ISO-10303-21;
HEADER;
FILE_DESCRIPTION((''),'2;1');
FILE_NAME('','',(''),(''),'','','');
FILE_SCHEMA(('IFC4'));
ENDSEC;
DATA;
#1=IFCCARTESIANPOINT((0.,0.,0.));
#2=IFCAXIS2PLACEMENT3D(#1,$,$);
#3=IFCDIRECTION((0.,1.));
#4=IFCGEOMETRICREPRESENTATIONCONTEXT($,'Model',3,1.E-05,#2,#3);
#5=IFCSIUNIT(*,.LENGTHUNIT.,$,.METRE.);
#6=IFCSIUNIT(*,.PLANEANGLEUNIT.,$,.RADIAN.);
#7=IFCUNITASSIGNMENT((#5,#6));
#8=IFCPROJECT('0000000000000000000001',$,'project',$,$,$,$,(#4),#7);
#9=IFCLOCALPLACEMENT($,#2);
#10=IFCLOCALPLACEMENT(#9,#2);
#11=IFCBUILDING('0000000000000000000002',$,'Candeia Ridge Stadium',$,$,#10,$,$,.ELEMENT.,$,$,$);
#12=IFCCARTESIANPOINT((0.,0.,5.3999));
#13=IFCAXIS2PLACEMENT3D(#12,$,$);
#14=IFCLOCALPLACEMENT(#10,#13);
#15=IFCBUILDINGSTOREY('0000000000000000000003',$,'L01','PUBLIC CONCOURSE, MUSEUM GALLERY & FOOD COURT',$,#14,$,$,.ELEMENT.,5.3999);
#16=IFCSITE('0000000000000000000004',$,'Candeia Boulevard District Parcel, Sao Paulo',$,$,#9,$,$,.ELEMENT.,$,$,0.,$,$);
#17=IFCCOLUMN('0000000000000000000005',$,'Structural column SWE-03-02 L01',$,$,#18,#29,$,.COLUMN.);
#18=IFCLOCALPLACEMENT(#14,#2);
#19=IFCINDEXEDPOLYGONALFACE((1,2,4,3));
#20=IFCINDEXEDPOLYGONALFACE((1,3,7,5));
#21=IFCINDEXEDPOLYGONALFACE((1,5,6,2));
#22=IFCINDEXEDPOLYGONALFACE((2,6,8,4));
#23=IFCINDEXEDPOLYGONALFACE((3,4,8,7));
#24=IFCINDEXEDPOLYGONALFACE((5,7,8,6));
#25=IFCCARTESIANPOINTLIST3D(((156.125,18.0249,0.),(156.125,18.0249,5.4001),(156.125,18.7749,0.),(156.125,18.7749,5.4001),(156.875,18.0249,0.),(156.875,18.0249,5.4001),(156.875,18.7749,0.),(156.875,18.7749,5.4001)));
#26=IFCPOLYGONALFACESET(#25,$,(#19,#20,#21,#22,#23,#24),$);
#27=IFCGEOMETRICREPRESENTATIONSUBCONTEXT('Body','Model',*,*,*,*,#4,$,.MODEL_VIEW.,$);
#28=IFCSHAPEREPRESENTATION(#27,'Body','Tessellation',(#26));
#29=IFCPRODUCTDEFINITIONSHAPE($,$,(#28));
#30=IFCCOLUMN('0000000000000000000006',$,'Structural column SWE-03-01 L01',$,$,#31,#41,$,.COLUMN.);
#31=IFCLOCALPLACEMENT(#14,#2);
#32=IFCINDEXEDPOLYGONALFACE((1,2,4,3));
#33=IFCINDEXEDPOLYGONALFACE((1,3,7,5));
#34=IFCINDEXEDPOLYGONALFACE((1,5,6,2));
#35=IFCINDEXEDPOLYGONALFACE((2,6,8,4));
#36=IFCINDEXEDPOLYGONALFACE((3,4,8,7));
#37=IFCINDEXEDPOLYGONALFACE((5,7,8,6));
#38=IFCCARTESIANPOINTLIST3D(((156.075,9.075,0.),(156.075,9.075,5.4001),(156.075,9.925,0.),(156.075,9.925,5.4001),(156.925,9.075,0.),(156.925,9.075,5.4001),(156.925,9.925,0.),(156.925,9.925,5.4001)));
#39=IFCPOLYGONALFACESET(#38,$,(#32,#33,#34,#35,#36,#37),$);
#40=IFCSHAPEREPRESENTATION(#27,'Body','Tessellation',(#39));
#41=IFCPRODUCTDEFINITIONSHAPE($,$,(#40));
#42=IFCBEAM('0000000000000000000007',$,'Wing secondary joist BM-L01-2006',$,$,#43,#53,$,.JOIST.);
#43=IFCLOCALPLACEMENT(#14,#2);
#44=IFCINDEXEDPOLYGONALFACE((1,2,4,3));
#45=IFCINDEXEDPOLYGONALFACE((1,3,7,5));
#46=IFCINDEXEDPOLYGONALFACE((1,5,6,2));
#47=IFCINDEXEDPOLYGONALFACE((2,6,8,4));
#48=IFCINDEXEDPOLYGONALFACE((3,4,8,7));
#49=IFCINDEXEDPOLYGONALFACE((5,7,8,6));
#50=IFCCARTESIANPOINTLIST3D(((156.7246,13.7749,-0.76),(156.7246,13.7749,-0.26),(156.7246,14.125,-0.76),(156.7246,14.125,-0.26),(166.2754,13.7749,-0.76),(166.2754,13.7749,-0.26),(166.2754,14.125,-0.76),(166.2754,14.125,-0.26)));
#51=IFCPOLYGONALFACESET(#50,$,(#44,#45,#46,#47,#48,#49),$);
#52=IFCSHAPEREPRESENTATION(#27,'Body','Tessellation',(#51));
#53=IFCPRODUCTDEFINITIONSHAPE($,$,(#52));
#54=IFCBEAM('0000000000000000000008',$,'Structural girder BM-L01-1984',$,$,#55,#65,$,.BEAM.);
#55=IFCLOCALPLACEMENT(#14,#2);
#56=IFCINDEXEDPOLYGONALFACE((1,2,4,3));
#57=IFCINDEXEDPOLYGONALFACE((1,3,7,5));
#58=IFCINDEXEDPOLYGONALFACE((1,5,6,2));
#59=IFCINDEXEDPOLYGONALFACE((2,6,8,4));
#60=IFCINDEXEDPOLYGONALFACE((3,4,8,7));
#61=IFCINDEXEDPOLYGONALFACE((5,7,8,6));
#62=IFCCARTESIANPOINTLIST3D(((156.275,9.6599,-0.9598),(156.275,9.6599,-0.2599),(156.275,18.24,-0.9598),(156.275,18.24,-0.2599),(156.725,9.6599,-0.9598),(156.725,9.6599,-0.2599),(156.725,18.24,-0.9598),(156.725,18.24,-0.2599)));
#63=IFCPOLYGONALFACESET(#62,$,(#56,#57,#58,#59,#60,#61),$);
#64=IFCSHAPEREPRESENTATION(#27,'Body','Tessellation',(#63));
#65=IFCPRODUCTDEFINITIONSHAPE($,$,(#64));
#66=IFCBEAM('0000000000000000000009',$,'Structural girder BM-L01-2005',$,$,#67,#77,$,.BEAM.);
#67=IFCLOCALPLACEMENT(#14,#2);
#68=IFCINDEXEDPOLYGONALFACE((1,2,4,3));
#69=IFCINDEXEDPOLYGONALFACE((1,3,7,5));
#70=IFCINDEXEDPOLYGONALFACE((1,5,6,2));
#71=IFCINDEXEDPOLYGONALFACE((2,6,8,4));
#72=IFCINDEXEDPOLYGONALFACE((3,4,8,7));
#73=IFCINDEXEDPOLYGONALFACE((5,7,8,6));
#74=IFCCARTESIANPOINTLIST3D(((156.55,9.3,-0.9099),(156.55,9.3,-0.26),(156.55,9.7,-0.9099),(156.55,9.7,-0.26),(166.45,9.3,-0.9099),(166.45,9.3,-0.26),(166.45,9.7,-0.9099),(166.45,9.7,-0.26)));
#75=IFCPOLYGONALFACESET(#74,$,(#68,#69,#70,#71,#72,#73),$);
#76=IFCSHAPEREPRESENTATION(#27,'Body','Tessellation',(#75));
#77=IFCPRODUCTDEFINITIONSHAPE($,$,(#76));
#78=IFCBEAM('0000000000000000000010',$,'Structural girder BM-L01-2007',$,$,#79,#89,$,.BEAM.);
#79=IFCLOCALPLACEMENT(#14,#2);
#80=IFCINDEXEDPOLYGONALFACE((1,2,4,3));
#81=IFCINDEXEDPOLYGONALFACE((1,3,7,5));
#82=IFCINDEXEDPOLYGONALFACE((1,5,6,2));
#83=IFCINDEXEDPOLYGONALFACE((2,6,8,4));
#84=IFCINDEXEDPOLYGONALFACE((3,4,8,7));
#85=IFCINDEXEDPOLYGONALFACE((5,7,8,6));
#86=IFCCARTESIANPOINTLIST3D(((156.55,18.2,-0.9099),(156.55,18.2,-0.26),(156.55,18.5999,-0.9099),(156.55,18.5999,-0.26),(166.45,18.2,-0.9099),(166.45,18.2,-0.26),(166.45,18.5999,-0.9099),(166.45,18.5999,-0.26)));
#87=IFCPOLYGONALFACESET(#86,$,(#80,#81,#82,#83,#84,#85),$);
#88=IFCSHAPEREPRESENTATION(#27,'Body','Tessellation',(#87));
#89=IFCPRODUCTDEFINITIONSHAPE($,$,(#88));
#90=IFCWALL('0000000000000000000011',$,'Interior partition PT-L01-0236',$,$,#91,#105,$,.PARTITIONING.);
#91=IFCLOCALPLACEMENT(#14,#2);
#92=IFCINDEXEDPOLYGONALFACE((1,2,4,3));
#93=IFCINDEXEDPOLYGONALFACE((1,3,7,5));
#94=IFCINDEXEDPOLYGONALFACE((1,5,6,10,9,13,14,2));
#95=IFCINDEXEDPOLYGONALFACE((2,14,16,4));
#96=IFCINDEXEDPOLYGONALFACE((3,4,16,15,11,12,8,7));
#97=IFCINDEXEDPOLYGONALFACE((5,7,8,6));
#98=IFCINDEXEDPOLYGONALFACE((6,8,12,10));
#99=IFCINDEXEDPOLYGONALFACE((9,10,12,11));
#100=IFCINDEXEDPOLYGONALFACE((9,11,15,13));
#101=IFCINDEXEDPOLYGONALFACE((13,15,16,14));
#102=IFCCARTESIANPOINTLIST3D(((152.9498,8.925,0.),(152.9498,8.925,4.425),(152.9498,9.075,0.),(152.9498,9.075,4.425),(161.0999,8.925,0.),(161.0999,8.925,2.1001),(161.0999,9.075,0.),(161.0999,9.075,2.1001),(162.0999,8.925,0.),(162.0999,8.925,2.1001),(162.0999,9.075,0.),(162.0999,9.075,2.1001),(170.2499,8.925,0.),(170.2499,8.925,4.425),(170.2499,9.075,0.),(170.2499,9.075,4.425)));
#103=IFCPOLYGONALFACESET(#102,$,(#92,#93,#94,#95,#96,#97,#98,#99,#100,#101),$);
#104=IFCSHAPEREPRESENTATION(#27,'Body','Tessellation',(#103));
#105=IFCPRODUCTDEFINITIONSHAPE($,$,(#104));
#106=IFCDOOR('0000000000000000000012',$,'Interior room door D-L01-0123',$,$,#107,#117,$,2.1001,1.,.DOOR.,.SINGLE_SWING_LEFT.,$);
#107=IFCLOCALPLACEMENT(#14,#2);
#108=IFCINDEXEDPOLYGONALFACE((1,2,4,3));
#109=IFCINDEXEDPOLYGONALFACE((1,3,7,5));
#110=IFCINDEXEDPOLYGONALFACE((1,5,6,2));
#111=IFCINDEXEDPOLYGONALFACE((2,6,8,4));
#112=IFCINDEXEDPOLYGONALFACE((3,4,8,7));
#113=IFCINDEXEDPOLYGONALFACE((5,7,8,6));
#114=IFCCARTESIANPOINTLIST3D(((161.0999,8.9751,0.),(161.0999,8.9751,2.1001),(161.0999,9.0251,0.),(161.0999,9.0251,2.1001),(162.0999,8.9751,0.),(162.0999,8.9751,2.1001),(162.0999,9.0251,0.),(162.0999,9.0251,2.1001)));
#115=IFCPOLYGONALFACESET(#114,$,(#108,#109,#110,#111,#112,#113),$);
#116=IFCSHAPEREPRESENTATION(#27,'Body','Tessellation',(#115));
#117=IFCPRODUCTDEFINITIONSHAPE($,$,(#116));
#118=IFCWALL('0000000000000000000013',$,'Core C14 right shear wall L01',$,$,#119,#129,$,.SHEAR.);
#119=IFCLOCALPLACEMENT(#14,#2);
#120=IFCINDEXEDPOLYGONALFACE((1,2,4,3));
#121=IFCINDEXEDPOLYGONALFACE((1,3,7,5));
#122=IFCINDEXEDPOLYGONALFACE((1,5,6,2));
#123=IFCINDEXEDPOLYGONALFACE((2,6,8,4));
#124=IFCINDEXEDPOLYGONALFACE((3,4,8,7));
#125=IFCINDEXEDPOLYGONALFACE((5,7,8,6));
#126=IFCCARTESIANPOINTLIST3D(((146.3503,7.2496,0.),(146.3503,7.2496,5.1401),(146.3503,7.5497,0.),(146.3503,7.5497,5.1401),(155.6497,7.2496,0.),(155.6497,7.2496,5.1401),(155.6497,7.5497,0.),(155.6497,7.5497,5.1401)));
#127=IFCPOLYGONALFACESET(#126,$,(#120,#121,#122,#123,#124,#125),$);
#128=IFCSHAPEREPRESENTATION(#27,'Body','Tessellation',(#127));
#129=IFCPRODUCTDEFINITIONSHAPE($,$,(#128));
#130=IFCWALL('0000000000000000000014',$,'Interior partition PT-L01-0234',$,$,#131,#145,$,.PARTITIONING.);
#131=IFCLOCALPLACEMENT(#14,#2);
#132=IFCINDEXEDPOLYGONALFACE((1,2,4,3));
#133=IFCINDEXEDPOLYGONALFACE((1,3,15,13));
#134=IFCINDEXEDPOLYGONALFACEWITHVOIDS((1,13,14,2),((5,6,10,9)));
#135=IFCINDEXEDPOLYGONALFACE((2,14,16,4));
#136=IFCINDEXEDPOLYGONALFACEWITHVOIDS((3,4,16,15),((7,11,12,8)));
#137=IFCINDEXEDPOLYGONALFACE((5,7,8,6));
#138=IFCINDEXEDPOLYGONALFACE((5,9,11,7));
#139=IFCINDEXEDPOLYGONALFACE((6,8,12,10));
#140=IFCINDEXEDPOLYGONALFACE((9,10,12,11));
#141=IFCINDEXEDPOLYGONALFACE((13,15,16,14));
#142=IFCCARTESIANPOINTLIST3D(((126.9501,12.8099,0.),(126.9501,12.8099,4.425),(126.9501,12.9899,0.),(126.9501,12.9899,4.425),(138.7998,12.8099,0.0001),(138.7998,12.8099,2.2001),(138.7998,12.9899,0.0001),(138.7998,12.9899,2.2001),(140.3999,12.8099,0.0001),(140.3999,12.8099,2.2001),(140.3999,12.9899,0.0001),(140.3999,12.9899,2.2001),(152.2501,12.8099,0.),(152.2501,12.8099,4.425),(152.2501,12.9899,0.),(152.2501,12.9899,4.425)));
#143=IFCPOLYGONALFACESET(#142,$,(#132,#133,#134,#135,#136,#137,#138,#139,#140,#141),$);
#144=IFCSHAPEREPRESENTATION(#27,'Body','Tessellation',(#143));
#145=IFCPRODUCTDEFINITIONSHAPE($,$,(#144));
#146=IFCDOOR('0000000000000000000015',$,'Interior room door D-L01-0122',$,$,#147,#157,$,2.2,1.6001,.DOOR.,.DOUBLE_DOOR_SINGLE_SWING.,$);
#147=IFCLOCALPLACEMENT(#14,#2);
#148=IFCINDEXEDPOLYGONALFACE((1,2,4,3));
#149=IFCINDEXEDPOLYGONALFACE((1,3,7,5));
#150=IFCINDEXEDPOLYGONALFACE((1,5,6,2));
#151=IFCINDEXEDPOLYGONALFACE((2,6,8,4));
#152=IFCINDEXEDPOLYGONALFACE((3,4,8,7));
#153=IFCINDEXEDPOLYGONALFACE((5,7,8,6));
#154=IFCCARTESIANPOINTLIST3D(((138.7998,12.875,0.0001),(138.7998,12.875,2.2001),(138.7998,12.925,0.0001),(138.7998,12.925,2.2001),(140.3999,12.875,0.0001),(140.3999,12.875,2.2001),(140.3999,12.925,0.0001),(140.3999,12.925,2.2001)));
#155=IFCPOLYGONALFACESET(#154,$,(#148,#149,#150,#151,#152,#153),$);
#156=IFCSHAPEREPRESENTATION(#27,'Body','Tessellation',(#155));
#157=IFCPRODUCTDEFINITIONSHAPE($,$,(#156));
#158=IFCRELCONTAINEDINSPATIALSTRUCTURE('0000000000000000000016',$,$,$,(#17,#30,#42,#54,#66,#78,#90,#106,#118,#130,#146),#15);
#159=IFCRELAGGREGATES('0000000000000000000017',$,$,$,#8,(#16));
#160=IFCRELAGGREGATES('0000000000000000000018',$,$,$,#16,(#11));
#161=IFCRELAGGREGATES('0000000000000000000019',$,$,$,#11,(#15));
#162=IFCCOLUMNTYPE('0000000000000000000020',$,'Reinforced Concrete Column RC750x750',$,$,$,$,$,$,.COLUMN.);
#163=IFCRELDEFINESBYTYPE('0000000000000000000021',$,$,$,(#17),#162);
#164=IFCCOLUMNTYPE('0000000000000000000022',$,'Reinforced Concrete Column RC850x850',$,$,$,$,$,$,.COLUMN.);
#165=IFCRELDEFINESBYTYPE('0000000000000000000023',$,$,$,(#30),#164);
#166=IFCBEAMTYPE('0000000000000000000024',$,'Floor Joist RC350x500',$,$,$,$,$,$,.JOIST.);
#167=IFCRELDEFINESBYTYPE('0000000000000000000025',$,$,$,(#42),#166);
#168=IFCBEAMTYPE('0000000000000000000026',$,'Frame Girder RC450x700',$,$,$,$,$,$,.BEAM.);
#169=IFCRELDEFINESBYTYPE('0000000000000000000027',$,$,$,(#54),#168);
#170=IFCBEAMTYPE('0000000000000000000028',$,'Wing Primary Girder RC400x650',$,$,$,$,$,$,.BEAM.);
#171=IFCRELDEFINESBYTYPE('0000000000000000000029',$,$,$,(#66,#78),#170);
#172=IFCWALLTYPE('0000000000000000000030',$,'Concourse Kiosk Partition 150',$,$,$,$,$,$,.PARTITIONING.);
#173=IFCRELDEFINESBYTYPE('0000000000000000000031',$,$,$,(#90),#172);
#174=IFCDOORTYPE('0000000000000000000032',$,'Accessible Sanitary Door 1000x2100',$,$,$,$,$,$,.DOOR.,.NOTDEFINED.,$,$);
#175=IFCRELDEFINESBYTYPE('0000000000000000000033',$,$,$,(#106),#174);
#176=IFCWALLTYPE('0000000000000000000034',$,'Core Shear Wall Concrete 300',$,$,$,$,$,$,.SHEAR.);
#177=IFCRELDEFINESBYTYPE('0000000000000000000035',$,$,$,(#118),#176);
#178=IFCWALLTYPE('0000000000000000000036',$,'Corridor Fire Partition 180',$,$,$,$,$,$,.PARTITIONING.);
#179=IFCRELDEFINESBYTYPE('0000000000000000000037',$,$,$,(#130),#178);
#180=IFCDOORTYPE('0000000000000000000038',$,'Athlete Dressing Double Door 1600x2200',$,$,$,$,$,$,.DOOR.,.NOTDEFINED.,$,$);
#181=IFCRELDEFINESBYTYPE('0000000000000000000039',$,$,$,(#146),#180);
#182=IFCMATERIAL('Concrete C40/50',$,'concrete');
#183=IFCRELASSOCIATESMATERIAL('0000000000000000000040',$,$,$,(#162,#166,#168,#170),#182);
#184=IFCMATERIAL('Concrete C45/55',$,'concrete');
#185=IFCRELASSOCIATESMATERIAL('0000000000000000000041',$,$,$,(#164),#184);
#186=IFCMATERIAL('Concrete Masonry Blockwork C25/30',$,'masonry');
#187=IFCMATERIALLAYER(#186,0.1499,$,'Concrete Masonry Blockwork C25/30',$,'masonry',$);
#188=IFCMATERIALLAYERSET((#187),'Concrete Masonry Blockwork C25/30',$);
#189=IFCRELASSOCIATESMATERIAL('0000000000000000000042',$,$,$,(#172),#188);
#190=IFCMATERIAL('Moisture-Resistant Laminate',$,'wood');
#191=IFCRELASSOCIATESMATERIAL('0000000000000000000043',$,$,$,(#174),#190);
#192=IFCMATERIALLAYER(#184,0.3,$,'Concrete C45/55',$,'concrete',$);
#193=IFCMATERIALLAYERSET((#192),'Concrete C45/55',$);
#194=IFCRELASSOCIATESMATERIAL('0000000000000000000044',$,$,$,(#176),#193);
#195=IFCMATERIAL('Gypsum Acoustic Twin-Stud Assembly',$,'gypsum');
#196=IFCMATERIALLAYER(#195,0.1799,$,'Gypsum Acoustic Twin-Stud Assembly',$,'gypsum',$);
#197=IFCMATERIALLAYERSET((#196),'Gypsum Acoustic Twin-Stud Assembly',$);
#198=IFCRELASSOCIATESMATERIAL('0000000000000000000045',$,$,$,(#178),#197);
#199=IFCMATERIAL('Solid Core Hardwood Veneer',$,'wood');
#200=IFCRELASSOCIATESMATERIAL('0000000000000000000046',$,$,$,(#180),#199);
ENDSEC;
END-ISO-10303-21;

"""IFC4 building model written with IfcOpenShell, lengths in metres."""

from ifc_helpers import new_model, si_unit, direction, frame, frame_2d, origin, origin_2d, place, context, subcontext, project, spatial, rectangle, extrude, material, layer, layer_set, material_profile, profile_set, type_object, element, fill, save


model = new_model("IFC4")

# Units and contexts
model_context = context("Model", 3, precision=1e-05, world=origin(), true_north=direction((0.0, 1.0)))
body_context = subcontext(model_context, "Body", "Model", "MODEL_VIEW")
ifc_project = project(units=[si_unit("LENGTHUNIT", "METRE"), si_unit("PLANEANGLEUNIT", "RADIAN")], contexts=[model_context])

# Site, building, storey
site_placement = place(None, origin())
site = spatial("IfcSite", under=ifc_project, at=site_placement, Name="Candeia Boulevard District Parcel, Sao Paulo", CompositionType="ELEMENT", RefElevation=0.0)
building_placement = place(site_placement, origin())
building = spatial("IfcBuilding", under=site, at=building_placement, Name="Candeia Ridge Stadium", CompositionType="ELEMENT")
storey_placement = place(building_placement, frame((0.0, 0.0, 5.3999)))
storey = spatial("IfcBuildingStorey", under=building, at=storey_placement, Name="L01", Description="PUBLIC CONCOURSE, MUSEUM GALLERY & FOOD COURT", CompositionType="ELEMENT", Elevation=5.3999)

# Columns
ifc_material_1 = material(Name="Concrete C40/50", Category="concrete")
ifc_material_profile_1 = material_profile(ifc_material_1, rectangle(XDim=0.75, YDim=0.75, at=origin_2d()), Name="RC750x750", Category="concrete")
ifc_profile_set_1 = profile_set([ifc_material_profile_1], Name="Concrete C40/50")
column_type_1 = type_object("IfcColumnType", Name="Reinforced Concrete Column RC750x750", PredefinedType="COLUMN", material=ifc_profile_set_1)
column_1_placement = place(storey_placement, frame((156.5, 18.3999, 0.0), z_axis=(0.0, 0.0, 1.0), x_axis=(1.0, 0.0, 0.0)))
element("IfcColumn", 1, at=column_1_placement, inside=storey, type_object=column_type_1, Name="Structural column SWE-03-02 L01", PredefinedType="COLUMN", context=body_context, shape_type="SweptSolid", body=[
    extrude(rectangle(XDim=0.75, YDim=0.75, at=origin_2d()), origin(), (0.0, 0.0, 1.0), 5.4001),
])
ifc_material_2 = material(Name="Concrete C45/55", Category="concrete")
ifc_material_profile_2 = material_profile(ifc_material_2, rectangle(XDim=0.8501, YDim=0.8501, at=origin_2d()), Name="RC850x850", Category="concrete")
ifc_profile_set_2 = profile_set([ifc_material_profile_2], Name="Concrete C45/55")
column_type_2 = type_object("IfcColumnType", Name="Reinforced Concrete Column RC850x850", PredefinedType="COLUMN", material=ifc_profile_set_2)
column_2_placement = place(storey_placement, frame((156.5, 9.5, 0.0), z_axis=(0.0, 0.0, 1.0), x_axis=(1.0, 0.0, 0.0)))
element("IfcColumn", 2, at=column_2_placement, inside=storey, type_object=column_type_2, Name="Structural column SWE-03-01 L01", PredefinedType="COLUMN", context=body_context, shape_type="SweptSolid", body=[
    extrude(rectangle(XDim=0.8501, YDim=0.8501, at=origin_2d()), origin(), (0.0, 0.0, 1.0), 5.4001),
])

# Beams
ifc_material_profile_3 = material_profile(ifc_material_1, rectangle(XDim=0.3501, YDim=0.5, at=origin_2d()), Name="RC350x500", Category="concrete")
ifc_profile_set_3 = profile_set([ifc_material_profile_3], Name="Concrete C40/50")
beam_type_1 = type_object("IfcBeamType", Name="Floor Joist RC350x500", PredefinedType="JOIST", material=ifc_profile_set_3)
beam_1_placement = place(storey_placement, frame((156.7246, 13.95, -0.51), z_axis=(1.0, 0.0, 0.0), x_axis=(0.0, 1.0, 0.0)))
element("IfcBeam", 3, at=beam_1_placement, inside=storey, type_object=beam_type_1, Name="Wing secondary joist BM-L01-2006", PredefinedType="JOIST", context=body_context, shape_type="SweptSolid", body=[
    extrude(rectangle(XDim=0.3501, YDim=0.5, at=origin_2d()), origin(), (0.0, 0.0, 1.0), 9.5508),
])
ifc_material_profile_4 = material_profile(ifc_material_1, rectangle(XDim=0.45, YDim=0.7, at=origin_2d()), Name="RC450x700", Category="concrete")
ifc_profile_set_4 = profile_set([ifc_material_profile_4], Name="Concrete C40/50")
beam_type_2 = type_object("IfcBeamType", Name="Frame Girder RC450x700", PredefinedType="BEAM", material=ifc_profile_set_4)
beam_2_placement = place(storey_placement, frame((156.5, 9.6599, -0.6099), z_axis=(0.0, 1.0, 0.0), x_axis=(-1.0, 0.0, 0.0)))
element("IfcBeam", 4, at=beam_2_placement, inside=storey, type_object=beam_type_2, Name="Structural girder BM-L01-1984", PredefinedType="BEAM", context=body_context, shape_type="SweptSolid", body=[
    extrude(rectangle(XDim=0.45, YDim=0.7, at=origin_2d()), origin(), (0.0, 0.0, 1.0), 8.5801),
])
ifc_material_profile_5 = material_profile(ifc_material_1, rectangle(XDim=0.3999, YDim=0.6499, at=origin_2d()), Name="RC400x650", Category="concrete")
ifc_profile_set_5 = profile_set([ifc_material_profile_5], Name="Concrete C40/50")
beam_type_3 = type_object("IfcBeamType", Name="Wing Primary Girder RC400x650", PredefinedType="BEAM", material=ifc_profile_set_5)
for number, where, z_axis, x_axis, name in (
    (5, (156.55, 9.5, -0.585), (1.0, 0.0, 0.0), (0.0, 1.0, 0.0), "Structural girder BM-L01-2005"),
    (6, (156.55, 18.3999, -0.585), (1.0, 0.0, 0.0), (0.0, 1.0, 0.0), "Structural girder BM-L01-2007"),
):
    element("IfcBeam", number, at=place(storey_placement, frame(where, z_axis=z_axis, x_axis=x_axis)), inside=storey, type_object=beam_type_3, Name=name, PredefinedType="BEAM", context=body_context, shape_type="SweptSolid", body=[
        extrude(rectangle(XDim=0.3999, YDim=0.6499, at=origin_2d()), origin(), (0.0, 0.0, 1.0), 9.8999),
    ])

# Wall, opening, door
ifc_material_3 = material(Name="Concrete Masonry Blockwork C25/30", Category="masonry")
ifc_layer_1 = layer(ifc_material_3, 0.1499, Name="Concrete Masonry Blockwork C25/30", Category="masonry")
ifc_layer_set_1 = layer_set([ifc_layer_1], Name="Concrete Masonry Blockwork C25/30")
wall_type_1 = type_object("IfcWallType", Name="Concourse Kiosk Partition 150", PredefinedType="PARTITIONING", material=ifc_layer_set_1)
wall_1_placement = place(storey_placement, frame((152.95, 9.0, 0.0), z_axis=(0.0, 0.0, 1.0), x_axis=(1.0, 0.0, 0.0)))
wall_1 = element("IfcWall", 7, at=wall_1_placement, inside=storey, type_object=wall_type_1, Name="Interior partition PT-L01-0236", PredefinedType="PARTITIONING", context=body_context, shape_type="SweptSolid", body=[
    extrude(rectangle(XDim=17.3, YDim=0.1499, at=frame_2d((8.6499, 0.0))), origin(), (0.0, 0.0, 1.0), 4.425),
])
opening_1_placement = place(wall_1_placement, frame((8.1499, 0.0, 0.0)))
opening_1 = element("IfcOpeningElement", 8, at=opening_1_placement, cuts=wall_1, PredefinedType="OPENING", context=body_context, shape_type="SweptSolid", body=[
    extrude(rectangle(XDim=1.0, YDim=2.1001, at=frame_2d((0.5, 1.05))), frame((0.0, 0.085, 0.0), z_axis=(0.0, -1.0, 0.0), x_axis=(1.0, 0.0, 0.0)), (0.0, 0.0, 1.0), 0.1699),
])
ifc_material_4 = material(Name="Moisture-Resistant Laminate", Category="wood")
door_type_1 = type_object("IfcDoorType", Name="Accessible Sanitary Door 1000x2100", OperationType="NOTDEFINED", PredefinedType="DOOR", material=ifc_material_4)
door_1_placement = place(opening_1_placement, frame((1.0, 0.0, 0.0), z_axis=(0.0, 0.0, 1.0), x_axis=(-1.0, 0.0, 0.0)))
door_1 = element("IfcDoor", 9, at=door_1_placement, inside=storey, type_object=door_type_1, Name="Interior room door D-L01-0123", OperationType="SINGLE_SWING_LEFT", OverallHeight=2.1001, OverallWidth=1.0, PredefinedType="DOOR", context=body_context, shape_type="SweptSolid", body=[
    extrude(rectangle(XDim=1.0, YDim=2.1001, at=frame_2d((0.5, 1.05))), frame((0.0, 0.0249, 0.0), z_axis=(0.0, -1.0, 0.0), x_axis=(1.0, 0.0, 0.0)), (0.0, 0.0, 1.0), 0.05),
])
fill(opening_1, door_1)

# Wall
ifc_layer_2 = layer(ifc_material_2, 0.3, Name="Concrete C45/55", Category="concrete")
ifc_layer_set_2 = layer_set([ifc_layer_2], Name="Concrete C45/55")
wall_type_2 = type_object("IfcWallType", Name="Core Shear Wall Concrete 300", PredefinedType="SHEAR", material=ifc_layer_set_2)
wall_2_placement = place(storey_placement, frame((155.6497, 7.3997, 0.0), z_axis=(0.0, 0.0, 1.0), x_axis=(-1.0, 0.0, 0.0)))
element("IfcWall", 10, at=wall_2_placement, inside=storey, type_object=wall_type_2, Name="Core C14 right shear wall L01", PredefinedType="SHEAR", context=body_context, shape_type="SweptSolid", body=[
    extrude(rectangle(XDim=9.2993, YDim=0.3, at=frame_2d((4.6497, 0.0))), origin(), (0.0, 0.0, 1.0), 5.1401),
])

# Wall, opening, door
ifc_material_5 = material(Name="Gypsum Acoustic Twin-Stud Assembly", Category="gypsum")
ifc_layer_3 = layer(ifc_material_5, 0.1799, Name="Gypsum Acoustic Twin-Stud Assembly", Category="gypsum")
ifc_layer_set_3 = layer_set([ifc_layer_3], Name="Gypsum Acoustic Twin-Stud Assembly")
wall_type_3 = type_object("IfcWallType", Name="Corridor Fire Partition 180", PredefinedType="PARTITIONING", material=ifc_layer_set_3)
wall_3_placement = place(storey_placement, frame((152.25, 12.8999, 0.0), z_axis=(0.0, 0.0, 1.0), x_axis=(-1.0, 0.0, 0.0)))
wall_3 = element("IfcWall", 11, at=wall_3_placement, inside=storey, type_object=wall_type_3, Name="Interior partition PT-L01-0234", PredefinedType="PARTITIONING", context=body_context, shape_type="SweptSolid", body=[
    extrude(rectangle(XDim=25.3, YDim=0.1799, at=frame_2d((12.6499, 0.0))), origin(), (0.0, 0.0, 1.0), 4.425),
])
opening_2_placement = place(wall_3_placement, frame((11.8501, 0.0, 0.0)))
opening_2 = element("IfcOpeningElement", 12, at=opening_2_placement, cuts=wall_3, PredefinedType="OPENING", context=body_context, shape_type="SweptSolid", body=[
    extrude(rectangle(XDim=1.6001, YDim=2.2, at=frame_2d((0.8, 1.1001))), frame((0.0, 0.0999, 0.0), z_axis=(0.0, -1.0, 0.0), x_axis=(1.0, 0.0, 0.0)), (0.0, 0.0, 1.0), 0.2),
])
ifc_material_6 = material(Name="Solid Core Hardwood Veneer", Category="wood")
door_type_2 = type_object("IfcDoorType", Name="Athlete Dressing Double Door 1600x2200", OperationType="NOTDEFINED", PredefinedType="DOOR", material=ifc_material_6)
door_2_placement = place(opening_2_placement, origin())
door_2 = element("IfcDoor", 13, at=door_2_placement, inside=storey, type_object=door_type_2, Name="Interior room door D-L01-0122", OperationType="DOUBLE_DOOR_SINGLE_SWING", OverallHeight=2.2, OverallWidth=1.6001, PredefinedType="DOOR", context=body_context, shape_type="SweptSolid", body=[
    extrude(rectangle(XDim=1.6001, YDim=2.2, at=frame_2d((0.8, 1.1001))), frame((0.0, 0.0249, 0.0), z_axis=(0.0, -1.0, 0.0), x_axis=(1.0, 0.0, 0.0)), (0.0, 0.0, 1.0), 0.05),
])
fill(opening_2, door_2)

save(model, "model.ifc")
